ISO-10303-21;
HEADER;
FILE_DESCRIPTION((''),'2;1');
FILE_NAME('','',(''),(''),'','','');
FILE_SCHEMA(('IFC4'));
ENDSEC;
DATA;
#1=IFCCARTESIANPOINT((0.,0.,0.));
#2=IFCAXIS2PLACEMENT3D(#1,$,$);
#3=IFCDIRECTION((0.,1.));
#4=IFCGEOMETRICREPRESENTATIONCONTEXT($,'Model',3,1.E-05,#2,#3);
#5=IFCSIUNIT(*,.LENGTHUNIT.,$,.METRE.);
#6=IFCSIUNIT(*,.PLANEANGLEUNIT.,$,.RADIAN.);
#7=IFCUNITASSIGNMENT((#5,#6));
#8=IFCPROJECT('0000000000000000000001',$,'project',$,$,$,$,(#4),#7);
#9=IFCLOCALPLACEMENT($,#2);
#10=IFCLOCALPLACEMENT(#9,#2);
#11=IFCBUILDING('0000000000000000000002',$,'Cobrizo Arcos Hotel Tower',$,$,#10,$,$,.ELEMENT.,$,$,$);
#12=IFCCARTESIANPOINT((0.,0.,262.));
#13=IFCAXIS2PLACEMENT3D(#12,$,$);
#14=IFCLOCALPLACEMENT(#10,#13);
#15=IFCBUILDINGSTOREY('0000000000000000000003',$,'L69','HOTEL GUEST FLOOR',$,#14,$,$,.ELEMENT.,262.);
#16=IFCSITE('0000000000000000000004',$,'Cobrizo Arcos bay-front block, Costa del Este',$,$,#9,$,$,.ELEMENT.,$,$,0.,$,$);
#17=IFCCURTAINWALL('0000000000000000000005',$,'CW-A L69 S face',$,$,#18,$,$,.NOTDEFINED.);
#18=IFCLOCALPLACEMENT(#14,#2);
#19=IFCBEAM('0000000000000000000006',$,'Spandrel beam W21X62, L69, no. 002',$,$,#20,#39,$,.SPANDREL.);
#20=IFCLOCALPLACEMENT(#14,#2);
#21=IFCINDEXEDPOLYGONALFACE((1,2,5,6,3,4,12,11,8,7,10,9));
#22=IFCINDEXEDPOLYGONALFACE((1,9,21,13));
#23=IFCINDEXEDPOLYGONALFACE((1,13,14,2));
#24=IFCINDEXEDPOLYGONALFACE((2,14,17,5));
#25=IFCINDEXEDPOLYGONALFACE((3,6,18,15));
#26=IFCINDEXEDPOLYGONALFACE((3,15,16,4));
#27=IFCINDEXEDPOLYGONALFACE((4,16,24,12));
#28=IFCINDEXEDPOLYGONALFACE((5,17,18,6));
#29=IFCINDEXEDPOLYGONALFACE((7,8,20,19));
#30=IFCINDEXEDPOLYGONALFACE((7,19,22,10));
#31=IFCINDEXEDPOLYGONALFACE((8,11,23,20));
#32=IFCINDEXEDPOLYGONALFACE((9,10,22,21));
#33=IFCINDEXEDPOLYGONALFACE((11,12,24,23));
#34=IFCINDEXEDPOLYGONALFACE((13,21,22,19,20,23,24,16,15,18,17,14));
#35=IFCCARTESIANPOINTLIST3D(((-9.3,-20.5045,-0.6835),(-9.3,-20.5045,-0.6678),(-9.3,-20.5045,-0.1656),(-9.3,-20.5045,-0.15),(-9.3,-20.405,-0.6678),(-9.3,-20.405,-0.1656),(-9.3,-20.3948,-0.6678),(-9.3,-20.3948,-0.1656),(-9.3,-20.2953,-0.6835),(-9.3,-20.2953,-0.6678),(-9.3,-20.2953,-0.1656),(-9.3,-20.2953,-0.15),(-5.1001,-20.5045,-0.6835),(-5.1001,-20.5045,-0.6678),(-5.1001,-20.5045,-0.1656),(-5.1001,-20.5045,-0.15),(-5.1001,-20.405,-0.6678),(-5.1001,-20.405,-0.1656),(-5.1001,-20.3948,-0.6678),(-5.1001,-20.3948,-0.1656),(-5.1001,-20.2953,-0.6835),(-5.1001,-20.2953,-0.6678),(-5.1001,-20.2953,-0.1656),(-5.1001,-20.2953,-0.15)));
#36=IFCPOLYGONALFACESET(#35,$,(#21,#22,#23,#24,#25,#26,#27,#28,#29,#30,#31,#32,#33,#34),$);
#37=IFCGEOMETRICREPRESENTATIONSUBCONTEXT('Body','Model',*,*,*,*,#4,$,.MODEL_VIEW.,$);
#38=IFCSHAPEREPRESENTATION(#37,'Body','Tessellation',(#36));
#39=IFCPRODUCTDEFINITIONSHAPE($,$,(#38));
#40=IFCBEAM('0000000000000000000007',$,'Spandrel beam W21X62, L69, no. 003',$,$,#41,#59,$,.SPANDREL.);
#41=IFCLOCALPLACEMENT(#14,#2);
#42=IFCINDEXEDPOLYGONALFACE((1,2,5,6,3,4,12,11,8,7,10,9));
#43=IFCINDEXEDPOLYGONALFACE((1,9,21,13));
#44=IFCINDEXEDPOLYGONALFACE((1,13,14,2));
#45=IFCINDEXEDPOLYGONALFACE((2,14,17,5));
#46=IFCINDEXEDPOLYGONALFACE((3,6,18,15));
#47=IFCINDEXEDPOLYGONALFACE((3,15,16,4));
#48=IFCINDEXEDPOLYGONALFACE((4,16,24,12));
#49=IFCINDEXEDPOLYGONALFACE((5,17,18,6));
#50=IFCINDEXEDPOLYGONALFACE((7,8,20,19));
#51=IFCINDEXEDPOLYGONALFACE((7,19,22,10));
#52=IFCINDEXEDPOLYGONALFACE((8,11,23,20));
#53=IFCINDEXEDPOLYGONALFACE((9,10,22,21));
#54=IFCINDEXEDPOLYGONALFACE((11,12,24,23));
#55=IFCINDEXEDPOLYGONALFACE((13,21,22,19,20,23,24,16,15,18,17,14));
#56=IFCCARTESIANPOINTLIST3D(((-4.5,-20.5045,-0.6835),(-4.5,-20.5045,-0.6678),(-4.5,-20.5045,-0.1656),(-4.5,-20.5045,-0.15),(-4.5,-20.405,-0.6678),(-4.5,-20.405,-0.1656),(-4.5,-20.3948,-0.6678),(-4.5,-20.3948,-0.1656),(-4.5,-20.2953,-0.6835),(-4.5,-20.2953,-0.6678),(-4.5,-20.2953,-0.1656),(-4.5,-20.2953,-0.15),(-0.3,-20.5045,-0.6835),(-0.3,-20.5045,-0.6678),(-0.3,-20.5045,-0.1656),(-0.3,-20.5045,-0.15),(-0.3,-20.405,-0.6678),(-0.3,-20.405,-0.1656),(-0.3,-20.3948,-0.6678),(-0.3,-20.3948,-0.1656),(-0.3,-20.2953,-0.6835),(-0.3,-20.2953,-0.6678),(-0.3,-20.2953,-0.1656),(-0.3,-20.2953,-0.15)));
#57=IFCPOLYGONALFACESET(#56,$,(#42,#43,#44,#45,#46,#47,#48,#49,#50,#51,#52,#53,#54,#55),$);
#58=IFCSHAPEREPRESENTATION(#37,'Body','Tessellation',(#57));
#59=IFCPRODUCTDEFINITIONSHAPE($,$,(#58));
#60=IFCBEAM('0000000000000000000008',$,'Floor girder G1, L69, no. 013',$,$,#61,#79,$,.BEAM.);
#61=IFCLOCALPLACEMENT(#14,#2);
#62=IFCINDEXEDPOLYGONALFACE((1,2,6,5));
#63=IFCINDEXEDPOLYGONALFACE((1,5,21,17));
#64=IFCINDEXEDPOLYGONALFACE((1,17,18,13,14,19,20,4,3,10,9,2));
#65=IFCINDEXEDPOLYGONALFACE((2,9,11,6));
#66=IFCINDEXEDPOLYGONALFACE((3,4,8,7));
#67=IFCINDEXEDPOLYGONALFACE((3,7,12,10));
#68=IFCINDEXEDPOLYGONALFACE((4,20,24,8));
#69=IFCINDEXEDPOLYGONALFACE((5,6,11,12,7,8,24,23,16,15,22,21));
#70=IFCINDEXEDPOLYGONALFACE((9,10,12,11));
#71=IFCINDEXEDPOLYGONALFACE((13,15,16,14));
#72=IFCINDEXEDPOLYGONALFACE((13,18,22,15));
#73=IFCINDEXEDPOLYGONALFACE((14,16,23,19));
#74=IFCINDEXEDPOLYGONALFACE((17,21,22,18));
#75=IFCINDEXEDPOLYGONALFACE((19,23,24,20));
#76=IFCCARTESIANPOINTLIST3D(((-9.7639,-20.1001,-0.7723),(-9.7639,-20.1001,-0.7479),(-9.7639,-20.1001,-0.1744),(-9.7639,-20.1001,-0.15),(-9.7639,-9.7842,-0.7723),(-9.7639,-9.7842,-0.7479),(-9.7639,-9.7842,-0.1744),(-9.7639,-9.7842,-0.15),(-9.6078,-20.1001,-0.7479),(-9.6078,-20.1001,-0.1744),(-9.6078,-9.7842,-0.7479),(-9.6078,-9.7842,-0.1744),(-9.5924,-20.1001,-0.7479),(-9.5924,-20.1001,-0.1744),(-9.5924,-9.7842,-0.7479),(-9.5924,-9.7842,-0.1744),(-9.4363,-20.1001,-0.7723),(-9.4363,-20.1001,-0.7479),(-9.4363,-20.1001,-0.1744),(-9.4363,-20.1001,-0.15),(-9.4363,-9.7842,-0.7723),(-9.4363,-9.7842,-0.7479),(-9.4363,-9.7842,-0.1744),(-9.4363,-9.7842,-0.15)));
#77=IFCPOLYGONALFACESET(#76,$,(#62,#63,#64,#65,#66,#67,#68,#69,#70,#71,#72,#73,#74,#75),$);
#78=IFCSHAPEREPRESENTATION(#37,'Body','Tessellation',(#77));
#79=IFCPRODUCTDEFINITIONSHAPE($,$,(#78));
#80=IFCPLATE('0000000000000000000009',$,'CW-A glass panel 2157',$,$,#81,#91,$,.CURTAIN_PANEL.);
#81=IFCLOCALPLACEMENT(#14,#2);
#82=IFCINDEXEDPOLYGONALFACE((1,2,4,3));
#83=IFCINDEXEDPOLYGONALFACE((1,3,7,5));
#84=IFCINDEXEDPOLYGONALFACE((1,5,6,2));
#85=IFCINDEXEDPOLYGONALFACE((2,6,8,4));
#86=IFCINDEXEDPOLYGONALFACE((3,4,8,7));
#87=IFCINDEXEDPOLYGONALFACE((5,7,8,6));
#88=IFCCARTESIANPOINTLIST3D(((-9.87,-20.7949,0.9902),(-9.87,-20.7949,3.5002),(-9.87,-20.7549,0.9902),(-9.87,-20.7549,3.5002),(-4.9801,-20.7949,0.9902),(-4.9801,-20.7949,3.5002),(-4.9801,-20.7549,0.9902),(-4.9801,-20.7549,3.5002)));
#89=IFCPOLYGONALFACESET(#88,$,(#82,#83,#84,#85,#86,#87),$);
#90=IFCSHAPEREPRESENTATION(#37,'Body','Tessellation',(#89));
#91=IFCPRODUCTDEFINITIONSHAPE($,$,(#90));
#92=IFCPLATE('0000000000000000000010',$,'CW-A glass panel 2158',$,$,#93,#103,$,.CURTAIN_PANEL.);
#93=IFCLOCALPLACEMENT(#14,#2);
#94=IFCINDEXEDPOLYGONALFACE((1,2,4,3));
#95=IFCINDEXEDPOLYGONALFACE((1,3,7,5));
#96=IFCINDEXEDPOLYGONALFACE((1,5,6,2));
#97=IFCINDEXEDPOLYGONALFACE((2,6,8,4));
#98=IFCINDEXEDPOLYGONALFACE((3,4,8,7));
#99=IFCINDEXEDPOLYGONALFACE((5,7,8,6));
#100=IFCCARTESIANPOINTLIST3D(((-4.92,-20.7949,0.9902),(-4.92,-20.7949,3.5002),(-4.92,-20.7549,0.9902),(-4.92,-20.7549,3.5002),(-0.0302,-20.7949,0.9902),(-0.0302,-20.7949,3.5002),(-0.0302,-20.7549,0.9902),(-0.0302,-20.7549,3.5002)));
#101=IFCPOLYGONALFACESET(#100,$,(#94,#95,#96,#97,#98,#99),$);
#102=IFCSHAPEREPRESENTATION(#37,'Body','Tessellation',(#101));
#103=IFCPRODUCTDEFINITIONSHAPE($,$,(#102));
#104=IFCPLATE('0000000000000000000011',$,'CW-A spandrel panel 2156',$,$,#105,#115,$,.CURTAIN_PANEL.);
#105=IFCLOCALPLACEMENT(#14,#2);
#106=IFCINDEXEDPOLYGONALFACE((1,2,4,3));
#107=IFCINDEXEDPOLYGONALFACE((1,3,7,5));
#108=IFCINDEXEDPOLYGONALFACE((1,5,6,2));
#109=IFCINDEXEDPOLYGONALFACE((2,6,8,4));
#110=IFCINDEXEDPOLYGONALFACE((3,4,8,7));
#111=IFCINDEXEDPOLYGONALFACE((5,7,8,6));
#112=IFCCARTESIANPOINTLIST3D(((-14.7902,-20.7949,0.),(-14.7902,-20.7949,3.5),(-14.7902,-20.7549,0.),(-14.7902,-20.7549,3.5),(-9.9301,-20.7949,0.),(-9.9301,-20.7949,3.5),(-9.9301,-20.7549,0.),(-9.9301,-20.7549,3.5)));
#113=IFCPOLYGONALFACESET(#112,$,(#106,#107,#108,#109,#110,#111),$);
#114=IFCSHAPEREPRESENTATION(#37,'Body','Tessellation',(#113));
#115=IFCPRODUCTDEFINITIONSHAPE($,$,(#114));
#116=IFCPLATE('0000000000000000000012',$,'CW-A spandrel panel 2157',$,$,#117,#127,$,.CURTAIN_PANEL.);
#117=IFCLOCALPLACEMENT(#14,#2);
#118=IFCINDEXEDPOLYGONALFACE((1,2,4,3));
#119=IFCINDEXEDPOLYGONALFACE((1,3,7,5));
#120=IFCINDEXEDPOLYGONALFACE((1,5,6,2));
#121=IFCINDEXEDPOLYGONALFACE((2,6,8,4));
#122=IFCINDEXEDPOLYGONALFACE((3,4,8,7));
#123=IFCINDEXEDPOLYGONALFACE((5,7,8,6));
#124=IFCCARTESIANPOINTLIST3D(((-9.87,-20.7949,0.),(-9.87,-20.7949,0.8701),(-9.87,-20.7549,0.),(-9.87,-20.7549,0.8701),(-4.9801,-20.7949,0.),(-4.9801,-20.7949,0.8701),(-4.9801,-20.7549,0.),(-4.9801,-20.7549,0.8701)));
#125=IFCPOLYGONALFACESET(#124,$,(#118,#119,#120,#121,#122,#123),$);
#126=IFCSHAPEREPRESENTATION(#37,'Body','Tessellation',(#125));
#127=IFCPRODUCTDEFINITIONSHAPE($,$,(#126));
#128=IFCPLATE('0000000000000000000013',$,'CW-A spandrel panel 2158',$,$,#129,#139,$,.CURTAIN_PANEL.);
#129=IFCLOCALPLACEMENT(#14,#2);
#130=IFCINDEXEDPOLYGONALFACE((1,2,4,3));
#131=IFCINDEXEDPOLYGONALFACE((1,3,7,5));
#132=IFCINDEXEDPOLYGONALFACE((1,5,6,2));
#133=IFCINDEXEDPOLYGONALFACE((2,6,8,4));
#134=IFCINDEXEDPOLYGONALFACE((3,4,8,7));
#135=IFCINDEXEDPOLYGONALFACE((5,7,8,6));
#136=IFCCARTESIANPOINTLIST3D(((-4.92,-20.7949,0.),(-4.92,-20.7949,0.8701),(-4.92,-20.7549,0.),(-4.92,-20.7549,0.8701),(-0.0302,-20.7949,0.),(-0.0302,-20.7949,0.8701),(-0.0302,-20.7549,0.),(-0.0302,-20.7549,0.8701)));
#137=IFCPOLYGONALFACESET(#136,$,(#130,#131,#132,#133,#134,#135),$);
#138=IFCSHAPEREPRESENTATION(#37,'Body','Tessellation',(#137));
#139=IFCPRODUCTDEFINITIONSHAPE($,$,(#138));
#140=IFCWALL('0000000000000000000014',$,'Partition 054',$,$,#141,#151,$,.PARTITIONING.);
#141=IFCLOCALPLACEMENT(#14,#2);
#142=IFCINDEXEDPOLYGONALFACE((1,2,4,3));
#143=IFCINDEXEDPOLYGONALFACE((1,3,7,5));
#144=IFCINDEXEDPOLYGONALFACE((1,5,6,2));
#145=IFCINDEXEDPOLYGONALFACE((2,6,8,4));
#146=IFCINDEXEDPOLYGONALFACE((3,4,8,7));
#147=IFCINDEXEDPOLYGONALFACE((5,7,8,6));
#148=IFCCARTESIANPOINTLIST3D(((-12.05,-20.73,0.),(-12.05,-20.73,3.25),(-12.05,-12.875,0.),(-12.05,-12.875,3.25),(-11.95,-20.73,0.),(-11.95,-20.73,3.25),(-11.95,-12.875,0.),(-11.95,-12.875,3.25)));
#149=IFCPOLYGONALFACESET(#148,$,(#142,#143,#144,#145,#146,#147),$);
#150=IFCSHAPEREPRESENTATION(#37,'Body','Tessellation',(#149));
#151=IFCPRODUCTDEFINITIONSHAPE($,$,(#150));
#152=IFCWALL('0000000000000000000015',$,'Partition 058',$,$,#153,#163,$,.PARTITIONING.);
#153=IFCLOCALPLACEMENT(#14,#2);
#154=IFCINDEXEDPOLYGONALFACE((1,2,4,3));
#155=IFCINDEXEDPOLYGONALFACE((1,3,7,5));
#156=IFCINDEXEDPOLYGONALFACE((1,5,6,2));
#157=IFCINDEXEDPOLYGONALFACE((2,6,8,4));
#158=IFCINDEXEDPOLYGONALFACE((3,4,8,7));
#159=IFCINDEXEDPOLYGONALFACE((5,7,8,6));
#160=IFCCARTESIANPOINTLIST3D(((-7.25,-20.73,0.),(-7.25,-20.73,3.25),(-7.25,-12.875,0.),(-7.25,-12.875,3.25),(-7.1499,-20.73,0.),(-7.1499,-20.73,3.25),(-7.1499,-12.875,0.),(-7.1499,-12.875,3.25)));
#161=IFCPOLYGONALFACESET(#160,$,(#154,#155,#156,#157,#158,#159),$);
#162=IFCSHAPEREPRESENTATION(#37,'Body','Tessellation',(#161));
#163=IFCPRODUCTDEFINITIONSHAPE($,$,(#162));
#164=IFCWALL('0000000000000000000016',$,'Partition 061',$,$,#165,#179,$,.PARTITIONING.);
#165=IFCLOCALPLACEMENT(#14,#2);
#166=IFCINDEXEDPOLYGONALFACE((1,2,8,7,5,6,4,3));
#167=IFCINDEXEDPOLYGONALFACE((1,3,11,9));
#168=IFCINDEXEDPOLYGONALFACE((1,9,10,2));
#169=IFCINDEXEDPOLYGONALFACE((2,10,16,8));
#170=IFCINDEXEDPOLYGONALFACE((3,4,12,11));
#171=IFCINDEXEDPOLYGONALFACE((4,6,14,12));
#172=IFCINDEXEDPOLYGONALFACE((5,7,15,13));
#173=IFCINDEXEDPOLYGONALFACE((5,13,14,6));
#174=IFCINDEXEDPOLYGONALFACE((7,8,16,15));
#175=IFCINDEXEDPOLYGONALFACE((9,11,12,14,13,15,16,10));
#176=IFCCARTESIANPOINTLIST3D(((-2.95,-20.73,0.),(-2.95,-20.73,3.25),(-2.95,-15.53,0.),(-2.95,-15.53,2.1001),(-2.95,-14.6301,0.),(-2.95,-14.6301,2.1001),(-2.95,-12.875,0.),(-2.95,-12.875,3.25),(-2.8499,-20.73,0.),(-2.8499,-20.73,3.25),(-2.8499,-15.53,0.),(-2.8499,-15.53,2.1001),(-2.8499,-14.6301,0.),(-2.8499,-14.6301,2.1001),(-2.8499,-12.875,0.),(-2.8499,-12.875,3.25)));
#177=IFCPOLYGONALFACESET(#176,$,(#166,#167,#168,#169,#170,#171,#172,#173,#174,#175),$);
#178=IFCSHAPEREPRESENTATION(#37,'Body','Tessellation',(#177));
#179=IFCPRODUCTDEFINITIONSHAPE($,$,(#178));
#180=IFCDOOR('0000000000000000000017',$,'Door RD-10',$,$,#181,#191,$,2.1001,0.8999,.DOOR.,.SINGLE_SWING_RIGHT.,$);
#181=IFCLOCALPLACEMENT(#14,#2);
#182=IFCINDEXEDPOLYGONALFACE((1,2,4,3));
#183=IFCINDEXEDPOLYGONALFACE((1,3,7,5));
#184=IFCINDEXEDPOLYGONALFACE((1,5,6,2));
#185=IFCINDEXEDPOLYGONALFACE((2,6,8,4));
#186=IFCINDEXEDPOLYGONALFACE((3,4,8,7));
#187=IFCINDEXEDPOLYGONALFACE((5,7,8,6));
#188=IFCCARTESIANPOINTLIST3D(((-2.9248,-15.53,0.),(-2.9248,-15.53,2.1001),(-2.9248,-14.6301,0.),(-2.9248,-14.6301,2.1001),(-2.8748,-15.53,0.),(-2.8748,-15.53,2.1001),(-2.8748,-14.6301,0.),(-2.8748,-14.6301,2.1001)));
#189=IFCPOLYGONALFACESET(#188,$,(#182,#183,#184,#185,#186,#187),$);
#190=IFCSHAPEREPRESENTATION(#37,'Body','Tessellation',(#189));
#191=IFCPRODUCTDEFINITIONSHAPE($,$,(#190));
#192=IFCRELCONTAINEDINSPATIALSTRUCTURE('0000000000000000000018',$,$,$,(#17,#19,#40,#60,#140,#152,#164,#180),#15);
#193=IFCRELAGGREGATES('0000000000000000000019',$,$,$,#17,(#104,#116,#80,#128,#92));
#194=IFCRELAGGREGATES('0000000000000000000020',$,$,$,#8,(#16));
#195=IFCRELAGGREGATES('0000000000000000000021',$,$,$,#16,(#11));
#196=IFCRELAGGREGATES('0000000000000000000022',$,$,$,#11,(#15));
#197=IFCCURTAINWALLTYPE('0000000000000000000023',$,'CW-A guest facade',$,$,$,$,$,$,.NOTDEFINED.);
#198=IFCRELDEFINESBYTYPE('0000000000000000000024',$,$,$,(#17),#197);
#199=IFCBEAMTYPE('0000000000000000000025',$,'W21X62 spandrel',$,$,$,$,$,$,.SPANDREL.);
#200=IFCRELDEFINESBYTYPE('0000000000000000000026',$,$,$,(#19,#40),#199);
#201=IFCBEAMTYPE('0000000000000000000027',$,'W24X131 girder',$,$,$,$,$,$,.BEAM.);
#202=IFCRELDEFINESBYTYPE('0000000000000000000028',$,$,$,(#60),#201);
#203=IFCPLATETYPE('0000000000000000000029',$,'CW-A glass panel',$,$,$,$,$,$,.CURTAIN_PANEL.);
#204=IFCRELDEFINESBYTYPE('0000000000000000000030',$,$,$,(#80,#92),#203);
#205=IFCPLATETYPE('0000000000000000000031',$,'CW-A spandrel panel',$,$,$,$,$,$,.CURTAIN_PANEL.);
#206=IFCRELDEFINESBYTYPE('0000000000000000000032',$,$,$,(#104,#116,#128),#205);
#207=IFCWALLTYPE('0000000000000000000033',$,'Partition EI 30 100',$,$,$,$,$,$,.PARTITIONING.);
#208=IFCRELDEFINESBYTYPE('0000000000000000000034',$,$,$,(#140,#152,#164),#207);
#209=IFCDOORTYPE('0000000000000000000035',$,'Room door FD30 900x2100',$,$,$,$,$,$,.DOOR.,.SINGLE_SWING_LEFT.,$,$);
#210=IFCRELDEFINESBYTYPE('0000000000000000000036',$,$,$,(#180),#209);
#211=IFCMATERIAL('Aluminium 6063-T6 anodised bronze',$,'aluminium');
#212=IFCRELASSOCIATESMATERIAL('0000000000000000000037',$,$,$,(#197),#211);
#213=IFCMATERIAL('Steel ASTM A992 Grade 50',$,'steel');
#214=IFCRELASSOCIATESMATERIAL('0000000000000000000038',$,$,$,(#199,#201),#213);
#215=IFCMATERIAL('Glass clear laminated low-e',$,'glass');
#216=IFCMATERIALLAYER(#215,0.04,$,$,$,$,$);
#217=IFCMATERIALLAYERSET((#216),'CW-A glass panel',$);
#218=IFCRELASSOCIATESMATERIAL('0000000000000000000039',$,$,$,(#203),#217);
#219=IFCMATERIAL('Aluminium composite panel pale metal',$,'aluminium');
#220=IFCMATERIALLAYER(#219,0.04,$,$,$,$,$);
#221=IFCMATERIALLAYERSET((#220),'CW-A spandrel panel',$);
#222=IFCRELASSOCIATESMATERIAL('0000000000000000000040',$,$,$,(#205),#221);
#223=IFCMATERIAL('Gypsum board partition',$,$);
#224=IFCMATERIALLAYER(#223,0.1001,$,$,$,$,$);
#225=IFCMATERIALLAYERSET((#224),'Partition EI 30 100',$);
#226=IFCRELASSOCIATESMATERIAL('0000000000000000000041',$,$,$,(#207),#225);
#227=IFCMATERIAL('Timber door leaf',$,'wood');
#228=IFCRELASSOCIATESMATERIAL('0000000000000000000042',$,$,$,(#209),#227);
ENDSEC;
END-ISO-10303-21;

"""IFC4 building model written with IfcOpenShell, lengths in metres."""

from ifc_helpers import new_model, si_unit, direction, frame, frame_2d, origin, origin_2d, place, context, subcontext, project, spatial, rectangle, i_section, extrude, material, layer, layer_set, material_profile, profile_set, type_object, element, fill, aggregate, save


model = new_model("IFC4")

# Units and contexts
model_context = context("Model", 3, precision=1e-05, world=origin(), true_north=direction((0.0, 1.0)))
body_context = subcontext(model_context, "Body", "Model", "MODEL_VIEW")
ifc_project = project(units=[si_unit("LENGTHUNIT", "METRE"), si_unit("PLANEANGLEUNIT", "RADIAN")], contexts=[model_context])

# Site, building, storey
site_placement = place(None, origin())
site = spatial("IfcSite", under=ifc_project, at=site_placement, Name="Cobrizo Arcos bay-front block, Costa del Este", CompositionType="ELEMENT", RefElevation=0.0)
building_placement = place(site_placement, origin())
building = spatial("IfcBuilding", under=site, at=building_placement, Name="Cobrizo Arcos Hotel Tower", CompositionType="ELEMENT")
storey_placement = place(building_placement, frame((0.0, 0.0, 262.0)))
storey = spatial("IfcBuildingStorey", under=building, at=storey_placement, Name="L69", Description="HOTEL GUEST FLOOR", CompositionType="ELEMENT", Elevation=262.0)

# Curtain wall
ifc_material_1 = material(Name="Aluminium 6063-T6 anodised bronze", Category="aluminium")
curtain_wall_type = type_object("IfcCurtainWallType", Name="CW-A guest facade", PredefinedType="NOTDEFINED", material=ifc_material_1)
curtain_wall_1_placement = place(storey_placement, origin())
curtain_wall_1 = element("IfcCurtainWall", 1, at=curtain_wall_1_placement, inside=storey, type_object=curtain_wall_type, Name="CW-A L69 S face", PredefinedType="NOTDEFINED")

# Beams
ifc_material_2 = material(Name="Steel ASTM A992 Grade 50", Category="steel")
ifc_material_profile_1 = material_profile(ifc_material_2, i_section(OverallWidth=0.2092, OverallDepth=0.5334, WebThickness=0.0103, FlangeThickness=0.0156, at=origin_2d()), Name="W21X62")
ifc_profile_set_1 = profile_set([ifc_material_profile_1], Name="Steel ASTM A992 Grade 50")
beam_type_1 = type_object("IfcBeamType", Name="W21X62 spandrel", PredefinedType="SPANDREL", material=ifc_profile_set_1)
for number, where, z_axis, x_axis, name in (
    (2, (-9.3, -20.3999, -0.4167), (1.0, 0.0, 0.0), (0.0, 1.0, 0.0), "Spandrel beam W21X62, L69, no. 002"),
    (3, (-4.5, -20.3999, -0.4167), (1.0, 0.0, 0.0), (0.0, 1.0, 0.0), "Spandrel beam W21X62, L69, no. 003"),
):
    element("IfcBeam", number, at=place(storey_placement, frame(where, z_axis=z_axis, x_axis=x_axis)), inside=storey, type_object=beam_type_1, Name=name, PredefinedType="SPANDREL", context=body_context, shape_type="SweptSolid", body=[
        extrude(i_section(OverallWidth=0.2092, OverallDepth=0.5334, WebThickness=0.0103, FlangeThickness=0.0156, at=origin_2d()), origin(), (0.0, 0.0, 1.0), 4.2),
    ])
ifc_material_profile_2 = material_profile(ifc_material_2, i_section(OverallWidth=0.3276, OverallDepth=0.6223, WebThickness=0.0154, FlangeThickness=0.0244, at=origin_2d()), Name="W24X131")
ifc_profile_set_2 = profile_set([ifc_material_profile_2], Name="Steel ASTM A992 Grade 50")
beam_type_2 = type_object("IfcBeamType", Name="W24X131 girder", PredefinedType="BEAM", material=ifc_profile_set_2)
beam_1_placement = place(storey_placement, frame((-9.6001, -20.1001, -0.4612), z_axis=(0.0, 1.0, 0.0), x_axis=(-1.0, 0.0, 0.0)))
element("IfcBeam", 4, at=beam_1_placement, inside=storey, type_object=beam_type_2, Name="Floor girder G1, L69, no. 013", PredefinedType="BEAM", context=body_context, shape_type="SweptSolid", body=[
    extrude(i_section(OverallWidth=0.3276, OverallDepth=0.6223, WebThickness=0.0154, FlangeThickness=0.0244, at=origin_2d()), origin(), (0.0, 0.0, 1.0), 10.3159),
])

# Plates
ifc_material_3 = material(Name="Glass clear laminated low-e", Category="glass")
ifc_layer_1 = layer(ifc_material_3, 0.04)
ifc_layer_set_1 = layer_set([ifc_layer_1], Name="CW-A glass panel")
plate_type_1 = type_object("IfcPlateType", Name="CW-A glass panel", PredefinedType="CURTAIN_PANEL", material=ifc_layer_set_1)
plate_1_placement = place(storey_placement, frame((-7.425, -20.7749, 0.9902), z_axis=(0.0, 0.0, 1.0), x_axis=(1.0, 0.0, 0.0)))
plate_1 = element("IfcPlate", 5, at=plate_1_placement, type_object=plate_type_1, Name="CW-A glass panel 2157", PredefinedType="CURTAIN_PANEL", context=body_context, shape_type="SweptSolid", body=[
    extrude(rectangle(XDim=4.8899, YDim=0.04, at=origin_2d()), origin(), (0.0, 0.0, 1.0), 2.51),
])
plate_2_placement = place(storey_placement, frame((-2.4751, -20.7749, 0.9902), z_axis=(0.0, 0.0, 1.0), x_axis=(1.0, 0.0, 0.0)))
plate_2 = element("IfcPlate", 6, at=plate_2_placement, type_object=plate_type_1, Name="CW-A glass panel 2158", PredefinedType="CURTAIN_PANEL", context=body_context, shape_type="SweptSolid", body=[
    extrude(rectangle(XDim=4.8899, YDim=0.04, at=origin_2d()), origin(), (0.0, 0.0, 1.0), 2.51),
])
ifc_material_4 = material(Name="Aluminium composite panel pale metal", Category="aluminium")
ifc_layer_2 = layer(ifc_material_4, 0.04)
ifc_layer_set_2 = layer_set([ifc_layer_2], Name="CW-A spandrel panel")
plate_type_2 = type_object("IfcPlateType", Name="CW-A spandrel panel", PredefinedType="CURTAIN_PANEL", material=ifc_layer_set_2)
plate_3_placement = place(storey_placement, frame((-12.3601, -20.7749, 0.0), z_axis=(0.0, 0.0, 1.0), x_axis=(1.0, 0.0, 0.0)))
plate_3 = element("IfcPlate", 7, at=plate_3_placement, type_object=plate_type_2, Name="CW-A spandrel panel 2156", PredefinedType="CURTAIN_PANEL", context=body_context, shape_type="SweptSolid", body=[
    extrude(rectangle(XDim=4.8601, YDim=0.04, at=origin_2d()), origin(), (0.0, 0.0, 1.0), 3.5),
])
plate_4_placement = place(storey_placement, frame((-7.425, -20.7749, 0.0), z_axis=(0.0, 0.0, 1.0), x_axis=(1.0, 0.0, 0.0)))
plate_4 = element("IfcPlate", 8, at=plate_4_placement, type_object=plate_type_2, Name="CW-A spandrel panel 2157", PredefinedType="CURTAIN_PANEL", context=body_context, shape_type="SweptSolid", body=[
    extrude(rectangle(XDim=4.8899, YDim=0.04, at=origin_2d()), origin(), (0.0, 0.0, 1.0), 0.8701),
])
plate_5_placement = place(storey_placement, frame((-2.4751, -20.7749, 0.0), z_axis=(0.0, 0.0, 1.0), x_axis=(1.0, 0.0, 0.0)))
plate_5 = element("IfcPlate", 9, at=plate_5_placement, type_object=plate_type_2, Name="CW-A spandrel panel 2158", PredefinedType="CURTAIN_PANEL", context=body_context, shape_type="SweptSolid", body=[
    extrude(rectangle(XDim=4.8899, YDim=0.04, at=origin_2d()), origin(), (0.0, 0.0, 1.0), 0.8701),
])
aggregate(curtain_wall_1, [plate_3, plate_4, plate_1, plate_5, plate_2])

# Walls
ifc_material_5 = material(Name="Gypsum board partition")
ifc_layer_3 = layer(ifc_material_5, 0.1001)
ifc_layer_set_3 = layer_set([ifc_layer_3], Name="Partition EI 30 100")
wall_type = type_object("IfcWallType", Name="Partition EI 30 100", PredefinedType="PARTITIONING", material=ifc_layer_set_3)
for number, where, z_axis, x_axis, name in (
    (10, (-12.0, -20.73, 0.0), (0.0, 0.0, 1.0), (0.0, 1.0, 0.0), "Partition 054"),
    (11, (-7.2, -20.73, 0.0), (0.0, 0.0, 1.0), (0.0, 1.0, 0.0), "Partition 058"),
):
    element("IfcWall", number, at=place(storey_placement, frame(where, z_axis=z_axis, x_axis=x_axis)), inside=storey, type_object=wall_type, Name=name, PredefinedType="PARTITIONING", context=body_context, shape_type="SweptSolid", body=[
        extrude(rectangle(XDim=7.855, YDim=0.1001, at=frame_2d((3.9275, 0.0))), origin(), (0.0, 0.0, 1.0), 3.25),
    ])

# Wall, opening, door
wall_placement = place(storey_placement, frame((-2.8999, -20.73, 0.0), z_axis=(0.0, 0.0, 1.0), x_axis=(0.0, 1.0, 0.0)))
wall = element("IfcWall", 12, at=wall_placement, inside=storey, type_object=wall_type, Name="Partition 061", PredefinedType="PARTITIONING", context=body_context, shape_type="SweptSolid", body=[
    extrude(rectangle(XDim=7.855, YDim=0.1001, at=frame_2d((3.9275, 0.0))), origin(), (0.0, 0.0, 1.0), 3.25),
])
opening_placement = place(wall_placement, frame((5.2, 0.0, 0.0)))
opening = element("IfcOpeningElement", 13, at=opening_placement, cuts=wall, PredefinedType="OPENING", context=body_context, shape_type="SweptSolid", body=[
    extrude(rectangle(XDim=0.8999, YDim=2.1001, at=frame_2d((0.45, 1.05))), frame((0.0, 0.062, 0.0), z_axis=(0.0, -1.0, 0.0), x_axis=(1.0, 0.0, 0.0)), (0.0, 0.0, 1.0), 0.124),
])
ifc_material_6 = material(Name="Timber door leaf", Category="wood")
door_type = type_object("IfcDoorType", Name="Room door FD30 900x2100", OperationType="SINGLE_SWING_LEFT", PredefinedType="DOOR", material=ifc_material_6)
door_placement = place(opening_placement, origin())
door = element("IfcDoor", 14, at=door_placement, inside=storey, type_object=door_type, Name="Door RD-10", OperationType="SINGLE_SWING_RIGHT", OverallHeight=2.1001, OverallWidth=0.8999, PredefinedType="DOOR", context=body_context, shape_type="SweptSolid", body=[
    extrude(rectangle(XDim=0.8999, YDim=2.1001, at=frame_2d((0.45, 1.05))), frame((0.0, 0.0249, 0.0), z_axis=(0.0, -1.0, 0.0), x_axis=(1.0, 0.0, 0.0)), (0.0, 0.0, 1.0), 0.05),
])
fill(opening, door)

save(model, "model.ifc")
